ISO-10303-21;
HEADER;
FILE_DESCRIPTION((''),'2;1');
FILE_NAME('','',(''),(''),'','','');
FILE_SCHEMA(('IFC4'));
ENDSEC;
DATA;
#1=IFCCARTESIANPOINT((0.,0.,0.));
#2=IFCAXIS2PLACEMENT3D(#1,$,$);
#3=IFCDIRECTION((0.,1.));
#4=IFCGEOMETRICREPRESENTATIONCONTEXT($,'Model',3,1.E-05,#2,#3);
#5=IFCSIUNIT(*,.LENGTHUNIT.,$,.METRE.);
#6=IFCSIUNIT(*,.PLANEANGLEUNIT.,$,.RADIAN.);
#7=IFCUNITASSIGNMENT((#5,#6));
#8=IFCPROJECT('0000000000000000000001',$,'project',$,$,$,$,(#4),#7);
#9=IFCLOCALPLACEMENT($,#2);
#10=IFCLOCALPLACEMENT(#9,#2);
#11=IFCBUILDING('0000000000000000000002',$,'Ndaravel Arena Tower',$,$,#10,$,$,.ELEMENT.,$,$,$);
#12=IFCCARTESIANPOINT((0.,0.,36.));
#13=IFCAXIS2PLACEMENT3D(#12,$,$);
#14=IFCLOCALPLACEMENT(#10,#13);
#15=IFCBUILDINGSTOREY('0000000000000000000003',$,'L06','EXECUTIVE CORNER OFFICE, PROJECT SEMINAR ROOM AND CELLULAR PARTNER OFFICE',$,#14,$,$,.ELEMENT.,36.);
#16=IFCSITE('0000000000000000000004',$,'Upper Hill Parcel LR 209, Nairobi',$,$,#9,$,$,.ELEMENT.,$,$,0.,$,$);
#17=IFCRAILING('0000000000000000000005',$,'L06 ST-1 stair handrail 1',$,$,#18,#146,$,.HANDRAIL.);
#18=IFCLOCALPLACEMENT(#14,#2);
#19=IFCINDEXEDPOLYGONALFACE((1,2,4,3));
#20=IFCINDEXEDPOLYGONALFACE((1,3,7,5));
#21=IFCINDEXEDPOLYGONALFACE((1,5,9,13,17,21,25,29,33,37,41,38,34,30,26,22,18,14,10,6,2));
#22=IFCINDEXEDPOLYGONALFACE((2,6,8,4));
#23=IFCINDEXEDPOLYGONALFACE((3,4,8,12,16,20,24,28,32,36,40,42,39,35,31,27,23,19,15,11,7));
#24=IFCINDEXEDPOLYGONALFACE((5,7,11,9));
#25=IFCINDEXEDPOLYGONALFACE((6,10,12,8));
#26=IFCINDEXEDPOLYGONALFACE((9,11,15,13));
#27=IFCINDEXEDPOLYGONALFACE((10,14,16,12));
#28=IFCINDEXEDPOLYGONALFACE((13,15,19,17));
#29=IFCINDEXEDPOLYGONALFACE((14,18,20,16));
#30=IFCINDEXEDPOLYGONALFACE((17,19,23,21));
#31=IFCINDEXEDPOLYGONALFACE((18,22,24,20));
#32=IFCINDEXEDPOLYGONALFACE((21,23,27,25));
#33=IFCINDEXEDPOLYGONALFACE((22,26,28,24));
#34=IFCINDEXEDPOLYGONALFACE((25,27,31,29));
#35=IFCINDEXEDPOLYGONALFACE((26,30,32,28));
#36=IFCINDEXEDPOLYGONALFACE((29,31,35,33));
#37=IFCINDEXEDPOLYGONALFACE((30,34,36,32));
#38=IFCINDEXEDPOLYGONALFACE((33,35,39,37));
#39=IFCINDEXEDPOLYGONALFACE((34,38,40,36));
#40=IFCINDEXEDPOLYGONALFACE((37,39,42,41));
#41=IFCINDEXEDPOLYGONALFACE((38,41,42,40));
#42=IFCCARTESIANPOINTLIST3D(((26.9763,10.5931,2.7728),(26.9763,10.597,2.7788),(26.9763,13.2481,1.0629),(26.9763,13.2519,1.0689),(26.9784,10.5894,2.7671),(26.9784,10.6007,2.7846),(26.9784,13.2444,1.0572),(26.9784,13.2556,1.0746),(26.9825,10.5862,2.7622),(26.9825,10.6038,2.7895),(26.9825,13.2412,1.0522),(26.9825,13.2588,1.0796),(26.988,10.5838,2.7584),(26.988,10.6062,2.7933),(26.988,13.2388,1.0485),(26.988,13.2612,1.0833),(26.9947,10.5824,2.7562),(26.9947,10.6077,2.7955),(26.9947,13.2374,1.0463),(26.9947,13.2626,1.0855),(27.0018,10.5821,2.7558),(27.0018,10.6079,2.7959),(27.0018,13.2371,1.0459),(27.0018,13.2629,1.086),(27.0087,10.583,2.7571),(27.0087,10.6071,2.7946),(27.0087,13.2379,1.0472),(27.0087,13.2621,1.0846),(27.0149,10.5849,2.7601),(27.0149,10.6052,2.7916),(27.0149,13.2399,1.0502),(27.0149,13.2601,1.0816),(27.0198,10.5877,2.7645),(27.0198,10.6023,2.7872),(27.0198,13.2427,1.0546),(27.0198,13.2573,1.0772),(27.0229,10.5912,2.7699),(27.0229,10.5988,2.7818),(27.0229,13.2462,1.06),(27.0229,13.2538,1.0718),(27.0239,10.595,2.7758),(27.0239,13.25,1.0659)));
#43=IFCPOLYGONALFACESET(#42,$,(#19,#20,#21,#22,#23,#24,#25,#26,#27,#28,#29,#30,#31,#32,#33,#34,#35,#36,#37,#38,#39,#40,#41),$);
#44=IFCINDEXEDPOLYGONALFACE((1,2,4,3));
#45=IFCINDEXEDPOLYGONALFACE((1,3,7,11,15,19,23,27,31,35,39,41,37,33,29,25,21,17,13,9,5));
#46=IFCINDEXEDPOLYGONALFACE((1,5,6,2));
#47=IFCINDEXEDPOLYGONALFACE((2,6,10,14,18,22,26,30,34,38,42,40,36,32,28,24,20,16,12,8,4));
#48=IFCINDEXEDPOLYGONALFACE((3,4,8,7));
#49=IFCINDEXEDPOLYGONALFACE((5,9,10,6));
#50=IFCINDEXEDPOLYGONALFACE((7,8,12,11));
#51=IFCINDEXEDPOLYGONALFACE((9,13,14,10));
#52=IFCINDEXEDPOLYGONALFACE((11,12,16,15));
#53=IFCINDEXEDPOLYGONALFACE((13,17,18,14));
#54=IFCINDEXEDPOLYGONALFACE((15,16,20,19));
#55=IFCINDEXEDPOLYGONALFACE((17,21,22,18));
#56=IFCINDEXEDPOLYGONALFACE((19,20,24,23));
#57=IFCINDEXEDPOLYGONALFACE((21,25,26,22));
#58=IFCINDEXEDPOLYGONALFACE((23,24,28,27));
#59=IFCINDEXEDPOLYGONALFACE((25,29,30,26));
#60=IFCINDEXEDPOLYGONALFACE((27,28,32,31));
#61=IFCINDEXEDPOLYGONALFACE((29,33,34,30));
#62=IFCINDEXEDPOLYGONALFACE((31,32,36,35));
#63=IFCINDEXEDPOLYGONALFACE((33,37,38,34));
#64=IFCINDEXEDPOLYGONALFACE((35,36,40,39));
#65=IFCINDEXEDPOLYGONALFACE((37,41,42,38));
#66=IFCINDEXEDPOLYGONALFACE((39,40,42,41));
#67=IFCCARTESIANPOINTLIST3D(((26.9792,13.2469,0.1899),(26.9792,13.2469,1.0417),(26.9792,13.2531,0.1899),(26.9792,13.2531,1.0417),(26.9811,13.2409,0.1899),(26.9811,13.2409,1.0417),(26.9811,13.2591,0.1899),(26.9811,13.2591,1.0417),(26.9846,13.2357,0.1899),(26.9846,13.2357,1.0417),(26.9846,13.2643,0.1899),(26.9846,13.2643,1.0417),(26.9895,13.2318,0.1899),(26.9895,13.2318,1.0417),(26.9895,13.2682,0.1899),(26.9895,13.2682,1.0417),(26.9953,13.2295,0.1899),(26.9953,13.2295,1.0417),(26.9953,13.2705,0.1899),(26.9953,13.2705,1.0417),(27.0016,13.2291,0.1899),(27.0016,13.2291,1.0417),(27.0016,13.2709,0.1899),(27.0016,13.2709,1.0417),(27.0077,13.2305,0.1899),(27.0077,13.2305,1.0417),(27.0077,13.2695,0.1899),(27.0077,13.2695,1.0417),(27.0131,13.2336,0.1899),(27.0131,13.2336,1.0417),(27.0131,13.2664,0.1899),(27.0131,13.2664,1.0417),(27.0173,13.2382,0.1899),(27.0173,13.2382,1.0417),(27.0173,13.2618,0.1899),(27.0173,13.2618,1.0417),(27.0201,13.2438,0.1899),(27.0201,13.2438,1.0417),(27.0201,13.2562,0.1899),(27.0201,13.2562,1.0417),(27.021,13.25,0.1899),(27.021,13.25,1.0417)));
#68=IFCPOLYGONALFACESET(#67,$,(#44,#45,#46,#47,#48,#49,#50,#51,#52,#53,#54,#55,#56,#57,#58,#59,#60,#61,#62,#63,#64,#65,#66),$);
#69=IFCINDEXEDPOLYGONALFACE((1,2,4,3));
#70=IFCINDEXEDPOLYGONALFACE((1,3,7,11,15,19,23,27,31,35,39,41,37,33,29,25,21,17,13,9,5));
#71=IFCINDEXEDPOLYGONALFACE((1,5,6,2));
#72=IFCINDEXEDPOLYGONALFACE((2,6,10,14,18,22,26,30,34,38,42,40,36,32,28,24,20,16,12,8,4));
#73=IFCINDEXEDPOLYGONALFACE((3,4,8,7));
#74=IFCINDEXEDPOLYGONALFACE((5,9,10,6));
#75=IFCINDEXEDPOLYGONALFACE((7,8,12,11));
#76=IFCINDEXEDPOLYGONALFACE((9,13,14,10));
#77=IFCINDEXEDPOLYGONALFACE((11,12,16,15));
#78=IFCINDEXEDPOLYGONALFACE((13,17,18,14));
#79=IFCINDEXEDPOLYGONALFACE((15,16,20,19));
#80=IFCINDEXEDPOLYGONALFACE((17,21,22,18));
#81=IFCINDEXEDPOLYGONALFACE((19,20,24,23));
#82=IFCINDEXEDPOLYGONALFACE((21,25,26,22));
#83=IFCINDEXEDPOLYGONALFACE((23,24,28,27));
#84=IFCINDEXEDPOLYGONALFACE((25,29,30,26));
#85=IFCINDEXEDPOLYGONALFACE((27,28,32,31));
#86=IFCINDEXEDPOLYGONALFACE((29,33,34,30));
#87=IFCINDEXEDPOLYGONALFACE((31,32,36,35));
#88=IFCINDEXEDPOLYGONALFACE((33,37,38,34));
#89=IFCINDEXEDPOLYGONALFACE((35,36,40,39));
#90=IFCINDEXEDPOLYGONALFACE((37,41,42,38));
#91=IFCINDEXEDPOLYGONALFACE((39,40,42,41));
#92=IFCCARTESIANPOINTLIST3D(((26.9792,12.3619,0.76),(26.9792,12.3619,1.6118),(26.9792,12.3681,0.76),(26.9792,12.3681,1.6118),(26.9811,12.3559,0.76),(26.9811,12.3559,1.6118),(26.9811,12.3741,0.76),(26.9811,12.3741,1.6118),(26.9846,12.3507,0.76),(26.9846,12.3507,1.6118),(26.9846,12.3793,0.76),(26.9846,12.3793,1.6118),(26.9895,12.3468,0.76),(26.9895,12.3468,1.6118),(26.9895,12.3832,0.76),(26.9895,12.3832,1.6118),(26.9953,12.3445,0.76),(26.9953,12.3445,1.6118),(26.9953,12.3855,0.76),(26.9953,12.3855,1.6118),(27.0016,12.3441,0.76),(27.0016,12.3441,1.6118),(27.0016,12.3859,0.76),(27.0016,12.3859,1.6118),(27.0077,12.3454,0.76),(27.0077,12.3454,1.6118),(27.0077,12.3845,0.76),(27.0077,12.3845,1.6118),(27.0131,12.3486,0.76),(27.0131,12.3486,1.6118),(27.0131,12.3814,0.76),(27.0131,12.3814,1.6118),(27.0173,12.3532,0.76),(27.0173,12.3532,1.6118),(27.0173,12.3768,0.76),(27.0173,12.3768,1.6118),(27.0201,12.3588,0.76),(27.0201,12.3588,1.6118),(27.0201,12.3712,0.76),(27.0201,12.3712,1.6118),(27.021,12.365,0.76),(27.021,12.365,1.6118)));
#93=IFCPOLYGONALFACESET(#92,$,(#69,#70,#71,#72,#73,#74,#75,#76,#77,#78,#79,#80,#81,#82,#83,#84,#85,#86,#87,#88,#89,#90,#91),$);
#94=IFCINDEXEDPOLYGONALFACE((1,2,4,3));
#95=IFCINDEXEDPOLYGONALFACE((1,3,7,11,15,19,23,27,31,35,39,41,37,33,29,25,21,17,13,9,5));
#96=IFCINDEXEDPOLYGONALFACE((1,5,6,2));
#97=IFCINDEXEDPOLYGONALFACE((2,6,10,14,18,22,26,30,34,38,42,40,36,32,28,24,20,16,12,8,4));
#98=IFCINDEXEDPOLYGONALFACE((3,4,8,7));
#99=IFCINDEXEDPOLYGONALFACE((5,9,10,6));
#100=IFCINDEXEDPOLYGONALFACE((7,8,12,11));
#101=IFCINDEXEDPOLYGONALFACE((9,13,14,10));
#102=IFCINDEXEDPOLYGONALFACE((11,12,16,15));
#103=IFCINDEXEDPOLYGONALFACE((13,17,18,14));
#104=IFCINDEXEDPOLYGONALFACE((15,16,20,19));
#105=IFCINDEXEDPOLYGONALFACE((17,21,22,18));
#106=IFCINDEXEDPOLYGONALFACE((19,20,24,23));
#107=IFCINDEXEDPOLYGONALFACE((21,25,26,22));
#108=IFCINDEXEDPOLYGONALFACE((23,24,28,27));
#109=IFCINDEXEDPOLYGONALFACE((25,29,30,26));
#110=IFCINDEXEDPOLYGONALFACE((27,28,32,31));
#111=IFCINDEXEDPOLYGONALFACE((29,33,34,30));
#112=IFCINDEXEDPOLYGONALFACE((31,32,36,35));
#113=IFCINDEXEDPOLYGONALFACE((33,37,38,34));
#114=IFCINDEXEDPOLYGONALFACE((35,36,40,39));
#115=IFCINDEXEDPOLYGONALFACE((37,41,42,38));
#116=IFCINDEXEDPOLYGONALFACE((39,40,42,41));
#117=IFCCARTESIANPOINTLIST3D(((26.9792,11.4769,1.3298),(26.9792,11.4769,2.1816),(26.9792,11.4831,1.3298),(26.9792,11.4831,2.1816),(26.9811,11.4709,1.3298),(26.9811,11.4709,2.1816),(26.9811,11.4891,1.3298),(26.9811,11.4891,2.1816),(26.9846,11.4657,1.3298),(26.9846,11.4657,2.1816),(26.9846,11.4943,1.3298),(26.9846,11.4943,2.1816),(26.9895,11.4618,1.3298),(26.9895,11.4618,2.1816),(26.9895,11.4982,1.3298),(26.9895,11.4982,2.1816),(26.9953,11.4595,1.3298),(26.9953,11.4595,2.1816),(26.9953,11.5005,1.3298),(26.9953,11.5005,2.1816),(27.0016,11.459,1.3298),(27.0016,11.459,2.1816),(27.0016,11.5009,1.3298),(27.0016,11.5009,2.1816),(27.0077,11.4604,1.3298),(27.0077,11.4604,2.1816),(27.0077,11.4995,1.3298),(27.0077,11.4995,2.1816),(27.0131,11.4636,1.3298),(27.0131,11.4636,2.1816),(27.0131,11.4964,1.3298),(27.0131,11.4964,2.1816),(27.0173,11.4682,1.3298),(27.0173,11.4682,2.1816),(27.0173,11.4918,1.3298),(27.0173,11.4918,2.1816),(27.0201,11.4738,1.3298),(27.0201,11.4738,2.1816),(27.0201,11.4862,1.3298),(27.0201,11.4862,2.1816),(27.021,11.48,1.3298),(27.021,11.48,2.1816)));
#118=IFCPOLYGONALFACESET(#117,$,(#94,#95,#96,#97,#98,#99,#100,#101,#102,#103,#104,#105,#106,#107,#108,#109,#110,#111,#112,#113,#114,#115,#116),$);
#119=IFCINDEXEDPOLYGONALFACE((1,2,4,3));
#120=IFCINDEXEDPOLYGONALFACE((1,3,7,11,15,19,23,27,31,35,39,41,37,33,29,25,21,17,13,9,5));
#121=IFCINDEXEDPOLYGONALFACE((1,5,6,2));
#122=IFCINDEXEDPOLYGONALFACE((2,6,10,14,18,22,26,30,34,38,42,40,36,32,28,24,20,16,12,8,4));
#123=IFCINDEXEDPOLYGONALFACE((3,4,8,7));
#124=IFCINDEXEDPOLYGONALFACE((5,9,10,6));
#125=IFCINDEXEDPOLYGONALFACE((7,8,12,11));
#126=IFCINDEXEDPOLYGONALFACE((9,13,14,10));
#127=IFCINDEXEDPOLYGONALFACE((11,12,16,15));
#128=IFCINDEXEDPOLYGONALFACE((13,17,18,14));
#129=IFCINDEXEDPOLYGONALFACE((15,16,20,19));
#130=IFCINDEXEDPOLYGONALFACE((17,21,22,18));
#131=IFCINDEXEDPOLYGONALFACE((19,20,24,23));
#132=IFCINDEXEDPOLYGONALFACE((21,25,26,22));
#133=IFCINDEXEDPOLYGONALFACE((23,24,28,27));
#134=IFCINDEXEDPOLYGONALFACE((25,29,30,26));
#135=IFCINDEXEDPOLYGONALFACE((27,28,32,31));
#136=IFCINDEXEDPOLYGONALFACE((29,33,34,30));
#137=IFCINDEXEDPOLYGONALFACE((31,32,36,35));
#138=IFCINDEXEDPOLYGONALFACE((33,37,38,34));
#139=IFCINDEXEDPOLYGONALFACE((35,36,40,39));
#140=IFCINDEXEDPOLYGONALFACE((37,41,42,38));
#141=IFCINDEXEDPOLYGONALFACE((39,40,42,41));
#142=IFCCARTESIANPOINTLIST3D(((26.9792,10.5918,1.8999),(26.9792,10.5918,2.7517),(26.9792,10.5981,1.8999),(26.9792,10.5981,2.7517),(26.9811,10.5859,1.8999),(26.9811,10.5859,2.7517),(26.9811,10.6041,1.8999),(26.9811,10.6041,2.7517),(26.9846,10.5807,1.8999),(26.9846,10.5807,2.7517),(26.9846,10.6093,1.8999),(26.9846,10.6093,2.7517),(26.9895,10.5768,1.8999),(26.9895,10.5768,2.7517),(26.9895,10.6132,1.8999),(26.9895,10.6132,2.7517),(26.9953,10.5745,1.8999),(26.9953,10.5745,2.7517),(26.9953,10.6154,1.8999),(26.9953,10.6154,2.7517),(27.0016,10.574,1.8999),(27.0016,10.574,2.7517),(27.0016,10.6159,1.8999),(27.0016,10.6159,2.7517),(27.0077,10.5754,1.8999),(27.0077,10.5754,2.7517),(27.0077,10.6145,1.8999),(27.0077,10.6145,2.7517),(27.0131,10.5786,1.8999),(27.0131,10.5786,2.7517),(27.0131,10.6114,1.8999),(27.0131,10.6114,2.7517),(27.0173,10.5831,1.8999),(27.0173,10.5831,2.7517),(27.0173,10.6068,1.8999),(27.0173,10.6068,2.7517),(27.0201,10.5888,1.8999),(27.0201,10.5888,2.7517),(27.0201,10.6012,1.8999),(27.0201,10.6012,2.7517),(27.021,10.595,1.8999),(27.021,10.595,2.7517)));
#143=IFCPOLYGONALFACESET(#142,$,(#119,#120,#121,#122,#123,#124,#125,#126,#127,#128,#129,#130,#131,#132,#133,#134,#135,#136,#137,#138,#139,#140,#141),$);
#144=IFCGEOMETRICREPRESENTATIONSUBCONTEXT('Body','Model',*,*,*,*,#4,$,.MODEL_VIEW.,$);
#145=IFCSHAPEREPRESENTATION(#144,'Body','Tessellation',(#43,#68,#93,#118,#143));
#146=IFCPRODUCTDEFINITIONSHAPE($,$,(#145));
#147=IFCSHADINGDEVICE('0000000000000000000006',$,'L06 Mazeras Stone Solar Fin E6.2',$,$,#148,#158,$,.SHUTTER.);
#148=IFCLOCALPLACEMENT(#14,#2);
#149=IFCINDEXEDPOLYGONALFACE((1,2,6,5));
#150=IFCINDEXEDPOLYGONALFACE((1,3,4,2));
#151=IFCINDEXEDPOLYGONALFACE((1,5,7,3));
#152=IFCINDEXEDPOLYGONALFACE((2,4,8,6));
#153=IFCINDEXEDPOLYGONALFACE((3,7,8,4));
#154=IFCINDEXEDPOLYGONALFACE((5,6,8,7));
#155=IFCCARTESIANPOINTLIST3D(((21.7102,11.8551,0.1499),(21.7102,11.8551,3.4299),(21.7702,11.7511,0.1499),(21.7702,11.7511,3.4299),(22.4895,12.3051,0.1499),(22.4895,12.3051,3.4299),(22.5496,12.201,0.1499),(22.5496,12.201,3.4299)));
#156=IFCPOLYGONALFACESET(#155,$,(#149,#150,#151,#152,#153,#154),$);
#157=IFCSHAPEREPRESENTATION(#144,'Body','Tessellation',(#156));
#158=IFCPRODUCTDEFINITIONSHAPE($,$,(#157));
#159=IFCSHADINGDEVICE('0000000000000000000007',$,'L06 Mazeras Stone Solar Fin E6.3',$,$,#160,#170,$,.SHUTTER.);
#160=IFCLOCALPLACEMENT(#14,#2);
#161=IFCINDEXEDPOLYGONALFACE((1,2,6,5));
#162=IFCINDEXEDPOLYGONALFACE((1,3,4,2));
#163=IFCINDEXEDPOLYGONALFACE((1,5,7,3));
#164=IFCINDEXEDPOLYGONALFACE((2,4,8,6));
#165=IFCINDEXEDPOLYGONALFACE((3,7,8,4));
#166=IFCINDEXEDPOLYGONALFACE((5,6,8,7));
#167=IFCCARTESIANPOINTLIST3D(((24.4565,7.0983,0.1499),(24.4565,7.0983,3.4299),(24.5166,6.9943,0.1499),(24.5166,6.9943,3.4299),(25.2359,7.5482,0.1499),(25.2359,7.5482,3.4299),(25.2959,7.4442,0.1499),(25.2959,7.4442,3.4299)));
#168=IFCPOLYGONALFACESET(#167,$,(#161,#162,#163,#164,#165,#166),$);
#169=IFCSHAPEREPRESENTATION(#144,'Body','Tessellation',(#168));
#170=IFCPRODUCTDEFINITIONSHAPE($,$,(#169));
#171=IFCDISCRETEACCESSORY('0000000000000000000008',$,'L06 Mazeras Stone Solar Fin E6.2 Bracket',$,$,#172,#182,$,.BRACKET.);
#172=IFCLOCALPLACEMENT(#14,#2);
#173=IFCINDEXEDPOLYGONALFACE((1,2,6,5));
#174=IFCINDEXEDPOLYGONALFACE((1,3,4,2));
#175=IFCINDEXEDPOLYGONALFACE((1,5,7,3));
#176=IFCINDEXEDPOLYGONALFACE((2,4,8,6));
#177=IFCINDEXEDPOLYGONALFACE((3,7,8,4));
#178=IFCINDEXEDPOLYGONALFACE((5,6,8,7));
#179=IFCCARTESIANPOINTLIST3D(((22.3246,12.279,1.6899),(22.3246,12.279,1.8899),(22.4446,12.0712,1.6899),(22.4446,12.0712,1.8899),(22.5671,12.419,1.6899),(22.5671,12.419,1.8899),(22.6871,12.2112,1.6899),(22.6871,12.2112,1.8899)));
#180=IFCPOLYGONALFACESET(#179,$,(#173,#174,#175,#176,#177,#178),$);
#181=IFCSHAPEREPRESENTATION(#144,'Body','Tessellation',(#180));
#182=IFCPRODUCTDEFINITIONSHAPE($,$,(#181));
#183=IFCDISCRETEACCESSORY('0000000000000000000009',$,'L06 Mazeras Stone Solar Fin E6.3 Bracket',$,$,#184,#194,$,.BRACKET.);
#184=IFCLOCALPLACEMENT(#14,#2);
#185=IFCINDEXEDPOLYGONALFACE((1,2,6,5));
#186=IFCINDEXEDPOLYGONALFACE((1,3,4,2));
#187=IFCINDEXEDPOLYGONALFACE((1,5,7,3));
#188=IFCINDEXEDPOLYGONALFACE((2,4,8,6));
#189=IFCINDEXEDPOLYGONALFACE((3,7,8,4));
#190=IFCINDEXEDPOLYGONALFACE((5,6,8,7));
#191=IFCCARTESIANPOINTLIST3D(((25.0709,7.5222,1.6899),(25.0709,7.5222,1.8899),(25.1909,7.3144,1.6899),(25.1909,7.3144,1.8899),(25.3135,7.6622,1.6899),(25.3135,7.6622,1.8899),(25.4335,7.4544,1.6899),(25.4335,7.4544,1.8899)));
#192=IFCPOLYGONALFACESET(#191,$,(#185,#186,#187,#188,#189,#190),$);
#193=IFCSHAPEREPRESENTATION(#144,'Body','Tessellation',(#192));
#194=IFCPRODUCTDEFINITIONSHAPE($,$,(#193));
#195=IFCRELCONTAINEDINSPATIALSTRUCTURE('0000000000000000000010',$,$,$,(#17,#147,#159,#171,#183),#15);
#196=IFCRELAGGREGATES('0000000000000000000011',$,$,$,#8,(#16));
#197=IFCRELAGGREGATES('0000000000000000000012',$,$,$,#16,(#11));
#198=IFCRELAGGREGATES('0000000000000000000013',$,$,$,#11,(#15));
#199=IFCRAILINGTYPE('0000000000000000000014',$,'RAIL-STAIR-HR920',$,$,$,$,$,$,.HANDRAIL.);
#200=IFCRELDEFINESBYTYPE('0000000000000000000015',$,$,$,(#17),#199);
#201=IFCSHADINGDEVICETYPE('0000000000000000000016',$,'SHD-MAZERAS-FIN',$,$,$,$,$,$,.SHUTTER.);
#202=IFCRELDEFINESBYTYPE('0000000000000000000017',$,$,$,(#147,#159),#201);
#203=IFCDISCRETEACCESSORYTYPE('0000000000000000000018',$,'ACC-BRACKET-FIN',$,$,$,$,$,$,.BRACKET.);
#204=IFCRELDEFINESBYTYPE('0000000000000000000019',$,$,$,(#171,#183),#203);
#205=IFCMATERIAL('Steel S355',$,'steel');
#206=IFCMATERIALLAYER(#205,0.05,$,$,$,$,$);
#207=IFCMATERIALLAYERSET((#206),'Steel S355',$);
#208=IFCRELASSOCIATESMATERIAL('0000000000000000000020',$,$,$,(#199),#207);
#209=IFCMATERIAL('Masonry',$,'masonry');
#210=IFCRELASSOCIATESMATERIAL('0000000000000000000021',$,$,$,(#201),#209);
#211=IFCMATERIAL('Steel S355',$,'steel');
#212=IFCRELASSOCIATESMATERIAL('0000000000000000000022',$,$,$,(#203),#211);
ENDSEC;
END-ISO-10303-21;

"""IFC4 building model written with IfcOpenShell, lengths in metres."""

from ifc_helpers import new_model, si_unit, direction, frame, origin, origin_2d, place, context, subcontext, project, spatial, rectangle, circle, extrude, material, layer, layer_set, type_object, element, save


model = new_model("IFC4")

# Units and contexts
model_context = context("Model", 3, precision=1e-05, world=origin(), true_north=direction((0.0, 1.0)))
body_context = subcontext(model_context, "Body", "Model", "MODEL_VIEW")
ifc_project = project(units=[si_unit("LENGTHUNIT", "METRE"), si_unit("PLANEANGLEUNIT", "RADIAN")], contexts=[model_context])

# Site, building, storey
site_placement = place(None, origin())
site = spatial("IfcSite", under=ifc_project, at=site_placement, Name="Upper Hill Parcel LR 209, Nairobi", CompositionType="ELEMENT", RefElevation=0.0)
building_placement = place(site_placement, origin())
building = spatial("IfcBuilding", under=site, at=building_placement, Name="Ndaravel Arena Tower", CompositionType="ELEMENT")
storey_placement = place(building_placement, frame((0.0, 0.0, 36.0)))
storey = spatial("IfcBuildingStorey", under=building, at=storey_placement, Name="L06", Description="EXECUTIVE CORNER OFFICE, PROJECT SEMINAR ROOM AND CELLULAR PARTNER OFFICE", CompositionType="ELEMENT", Elevation=36.0)

# Railing
ifc_material_1 = material(Name="Steel S355", Category="steel")
ifc_layer_1 = layer(ifc_material_1, 0.05)
ifc_layer_set_1 = layer_set([ifc_layer_1], Name="Steel S355")
railing_type_1 = type_object("IfcRailingType", Name="RAIL-STAIR-HR920", PredefinedType="HANDRAIL", material=ifc_layer_set_1)
railing_1_placement = place(storey_placement, frame((27.0, 13.25, 0.1899)))
element("IfcRailing", 1, at=railing_1_placement, inside=storey, type_object=railing_type_1, Name="L06 ST-1 stair handrail 1", PredefinedType="HANDRAIL", context=body_context, shape_type="SweptSolid", body=[
    extrude(circle(Radius=0.0239, at=origin_2d()), frame((0.0, 0.0, 0.876), z_axis=(0.0, -0.840724, 0.541465), x_axis=(1.0, 0.0, 0.0)), (0.0, 0.0, 1.0), 3.158),
    extrude(circle(Radius=0.021, at=origin_2d()), origin(), (0.0, 0.0, 1.0), 0.8518),
    extrude(circle(Radius=0.021, at=origin_2d()), frame((0.0, -0.885, 0.5701)), (0.0, 0.0, 1.0), 0.8518),
    extrude(circle(Radius=0.021, at=origin_2d()), frame((0.0, -1.77, 1.1399)), (0.0, 0.0, 1.0), 0.8518),
    extrude(circle(Radius=0.021, at=origin_2d()), frame((0.0, -2.655, 1.71)), (0.0, 0.0, 1.0), 0.8518),
])

# Shading devices
ifc_material_2 = material(Name="Masonry", Category="masonry")
shading_device_type = type_object("IfcShadingDeviceType", Name="SHD-MAZERAS-FIN", PredefinedType="SHUTTER", material=ifc_material_2)
for number, where, z_axis, x_axis, name in (
    (2, (22.1299, 12.0281, 0.1499), (0.0, 0.0, 1.0), (-0.866025, -0.5, 0.0), "L06 Mazeras Stone Solar Fin E6.2"),
    (3, (24.8762, 7.2712, 0.1499), (0.0, 0.0, 1.0), (-0.866025, -0.5, 0.0), "L06 Mazeras Stone Solar Fin E6.3"),
):
    element("IfcShadingDevice", number, at=place(storey_placement, frame(where, z_axis=z_axis, x_axis=x_axis)), inside=storey, type_object=shading_device_type, Name=name, PredefinedType="SHUTTER", context=body_context, shape_type="SweptSolid", body=[
        extrude(rectangle(XDim=0.8999, YDim=0.1201, at=origin_2d()), origin(), (0.0, 0.0, 1.0), 3.28),
    ])

# Discrete accessories
ifc_material_3 = material(Name="Steel S355", Category="steel")
discrete_accessory_type = type_object("IfcDiscreteAccessoryType", Name="ACC-BRACKET-FIN", PredefinedType="BRACKET", material=ifc_material_3)
for number, where, z_axis, x_axis, name in (
    (4, (22.5059, 12.2451, 1.6899), (0.0, 0.0, 1.0), (-0.866025, -0.5, 0.0), "L06 Mazeras Stone Solar Fin E6.2 Bracket"),
    (5, (25.2522, 7.4883, 1.6899), (0.0, 0.0, 1.0), (-0.866025, -0.5, 0.0), "L06 Mazeras Stone Solar Fin E6.3 Bracket"),
):
    element("IfcDiscreteAccessory", number, at=place(storey_placement, frame(where, z_axis=z_axis, x_axis=x_axis)), inside=storey, type_object=discrete_accessory_type, Name=name, PredefinedType="BRACKET", context=body_context, shape_type="SweptSolid", body=[
        extrude(rectangle(XDim=0.28, YDim=0.24, at=origin_2d()), origin(), (0.0, 0.0, 1.0), 0.2),
    ])

save(model, "model.ifc")
